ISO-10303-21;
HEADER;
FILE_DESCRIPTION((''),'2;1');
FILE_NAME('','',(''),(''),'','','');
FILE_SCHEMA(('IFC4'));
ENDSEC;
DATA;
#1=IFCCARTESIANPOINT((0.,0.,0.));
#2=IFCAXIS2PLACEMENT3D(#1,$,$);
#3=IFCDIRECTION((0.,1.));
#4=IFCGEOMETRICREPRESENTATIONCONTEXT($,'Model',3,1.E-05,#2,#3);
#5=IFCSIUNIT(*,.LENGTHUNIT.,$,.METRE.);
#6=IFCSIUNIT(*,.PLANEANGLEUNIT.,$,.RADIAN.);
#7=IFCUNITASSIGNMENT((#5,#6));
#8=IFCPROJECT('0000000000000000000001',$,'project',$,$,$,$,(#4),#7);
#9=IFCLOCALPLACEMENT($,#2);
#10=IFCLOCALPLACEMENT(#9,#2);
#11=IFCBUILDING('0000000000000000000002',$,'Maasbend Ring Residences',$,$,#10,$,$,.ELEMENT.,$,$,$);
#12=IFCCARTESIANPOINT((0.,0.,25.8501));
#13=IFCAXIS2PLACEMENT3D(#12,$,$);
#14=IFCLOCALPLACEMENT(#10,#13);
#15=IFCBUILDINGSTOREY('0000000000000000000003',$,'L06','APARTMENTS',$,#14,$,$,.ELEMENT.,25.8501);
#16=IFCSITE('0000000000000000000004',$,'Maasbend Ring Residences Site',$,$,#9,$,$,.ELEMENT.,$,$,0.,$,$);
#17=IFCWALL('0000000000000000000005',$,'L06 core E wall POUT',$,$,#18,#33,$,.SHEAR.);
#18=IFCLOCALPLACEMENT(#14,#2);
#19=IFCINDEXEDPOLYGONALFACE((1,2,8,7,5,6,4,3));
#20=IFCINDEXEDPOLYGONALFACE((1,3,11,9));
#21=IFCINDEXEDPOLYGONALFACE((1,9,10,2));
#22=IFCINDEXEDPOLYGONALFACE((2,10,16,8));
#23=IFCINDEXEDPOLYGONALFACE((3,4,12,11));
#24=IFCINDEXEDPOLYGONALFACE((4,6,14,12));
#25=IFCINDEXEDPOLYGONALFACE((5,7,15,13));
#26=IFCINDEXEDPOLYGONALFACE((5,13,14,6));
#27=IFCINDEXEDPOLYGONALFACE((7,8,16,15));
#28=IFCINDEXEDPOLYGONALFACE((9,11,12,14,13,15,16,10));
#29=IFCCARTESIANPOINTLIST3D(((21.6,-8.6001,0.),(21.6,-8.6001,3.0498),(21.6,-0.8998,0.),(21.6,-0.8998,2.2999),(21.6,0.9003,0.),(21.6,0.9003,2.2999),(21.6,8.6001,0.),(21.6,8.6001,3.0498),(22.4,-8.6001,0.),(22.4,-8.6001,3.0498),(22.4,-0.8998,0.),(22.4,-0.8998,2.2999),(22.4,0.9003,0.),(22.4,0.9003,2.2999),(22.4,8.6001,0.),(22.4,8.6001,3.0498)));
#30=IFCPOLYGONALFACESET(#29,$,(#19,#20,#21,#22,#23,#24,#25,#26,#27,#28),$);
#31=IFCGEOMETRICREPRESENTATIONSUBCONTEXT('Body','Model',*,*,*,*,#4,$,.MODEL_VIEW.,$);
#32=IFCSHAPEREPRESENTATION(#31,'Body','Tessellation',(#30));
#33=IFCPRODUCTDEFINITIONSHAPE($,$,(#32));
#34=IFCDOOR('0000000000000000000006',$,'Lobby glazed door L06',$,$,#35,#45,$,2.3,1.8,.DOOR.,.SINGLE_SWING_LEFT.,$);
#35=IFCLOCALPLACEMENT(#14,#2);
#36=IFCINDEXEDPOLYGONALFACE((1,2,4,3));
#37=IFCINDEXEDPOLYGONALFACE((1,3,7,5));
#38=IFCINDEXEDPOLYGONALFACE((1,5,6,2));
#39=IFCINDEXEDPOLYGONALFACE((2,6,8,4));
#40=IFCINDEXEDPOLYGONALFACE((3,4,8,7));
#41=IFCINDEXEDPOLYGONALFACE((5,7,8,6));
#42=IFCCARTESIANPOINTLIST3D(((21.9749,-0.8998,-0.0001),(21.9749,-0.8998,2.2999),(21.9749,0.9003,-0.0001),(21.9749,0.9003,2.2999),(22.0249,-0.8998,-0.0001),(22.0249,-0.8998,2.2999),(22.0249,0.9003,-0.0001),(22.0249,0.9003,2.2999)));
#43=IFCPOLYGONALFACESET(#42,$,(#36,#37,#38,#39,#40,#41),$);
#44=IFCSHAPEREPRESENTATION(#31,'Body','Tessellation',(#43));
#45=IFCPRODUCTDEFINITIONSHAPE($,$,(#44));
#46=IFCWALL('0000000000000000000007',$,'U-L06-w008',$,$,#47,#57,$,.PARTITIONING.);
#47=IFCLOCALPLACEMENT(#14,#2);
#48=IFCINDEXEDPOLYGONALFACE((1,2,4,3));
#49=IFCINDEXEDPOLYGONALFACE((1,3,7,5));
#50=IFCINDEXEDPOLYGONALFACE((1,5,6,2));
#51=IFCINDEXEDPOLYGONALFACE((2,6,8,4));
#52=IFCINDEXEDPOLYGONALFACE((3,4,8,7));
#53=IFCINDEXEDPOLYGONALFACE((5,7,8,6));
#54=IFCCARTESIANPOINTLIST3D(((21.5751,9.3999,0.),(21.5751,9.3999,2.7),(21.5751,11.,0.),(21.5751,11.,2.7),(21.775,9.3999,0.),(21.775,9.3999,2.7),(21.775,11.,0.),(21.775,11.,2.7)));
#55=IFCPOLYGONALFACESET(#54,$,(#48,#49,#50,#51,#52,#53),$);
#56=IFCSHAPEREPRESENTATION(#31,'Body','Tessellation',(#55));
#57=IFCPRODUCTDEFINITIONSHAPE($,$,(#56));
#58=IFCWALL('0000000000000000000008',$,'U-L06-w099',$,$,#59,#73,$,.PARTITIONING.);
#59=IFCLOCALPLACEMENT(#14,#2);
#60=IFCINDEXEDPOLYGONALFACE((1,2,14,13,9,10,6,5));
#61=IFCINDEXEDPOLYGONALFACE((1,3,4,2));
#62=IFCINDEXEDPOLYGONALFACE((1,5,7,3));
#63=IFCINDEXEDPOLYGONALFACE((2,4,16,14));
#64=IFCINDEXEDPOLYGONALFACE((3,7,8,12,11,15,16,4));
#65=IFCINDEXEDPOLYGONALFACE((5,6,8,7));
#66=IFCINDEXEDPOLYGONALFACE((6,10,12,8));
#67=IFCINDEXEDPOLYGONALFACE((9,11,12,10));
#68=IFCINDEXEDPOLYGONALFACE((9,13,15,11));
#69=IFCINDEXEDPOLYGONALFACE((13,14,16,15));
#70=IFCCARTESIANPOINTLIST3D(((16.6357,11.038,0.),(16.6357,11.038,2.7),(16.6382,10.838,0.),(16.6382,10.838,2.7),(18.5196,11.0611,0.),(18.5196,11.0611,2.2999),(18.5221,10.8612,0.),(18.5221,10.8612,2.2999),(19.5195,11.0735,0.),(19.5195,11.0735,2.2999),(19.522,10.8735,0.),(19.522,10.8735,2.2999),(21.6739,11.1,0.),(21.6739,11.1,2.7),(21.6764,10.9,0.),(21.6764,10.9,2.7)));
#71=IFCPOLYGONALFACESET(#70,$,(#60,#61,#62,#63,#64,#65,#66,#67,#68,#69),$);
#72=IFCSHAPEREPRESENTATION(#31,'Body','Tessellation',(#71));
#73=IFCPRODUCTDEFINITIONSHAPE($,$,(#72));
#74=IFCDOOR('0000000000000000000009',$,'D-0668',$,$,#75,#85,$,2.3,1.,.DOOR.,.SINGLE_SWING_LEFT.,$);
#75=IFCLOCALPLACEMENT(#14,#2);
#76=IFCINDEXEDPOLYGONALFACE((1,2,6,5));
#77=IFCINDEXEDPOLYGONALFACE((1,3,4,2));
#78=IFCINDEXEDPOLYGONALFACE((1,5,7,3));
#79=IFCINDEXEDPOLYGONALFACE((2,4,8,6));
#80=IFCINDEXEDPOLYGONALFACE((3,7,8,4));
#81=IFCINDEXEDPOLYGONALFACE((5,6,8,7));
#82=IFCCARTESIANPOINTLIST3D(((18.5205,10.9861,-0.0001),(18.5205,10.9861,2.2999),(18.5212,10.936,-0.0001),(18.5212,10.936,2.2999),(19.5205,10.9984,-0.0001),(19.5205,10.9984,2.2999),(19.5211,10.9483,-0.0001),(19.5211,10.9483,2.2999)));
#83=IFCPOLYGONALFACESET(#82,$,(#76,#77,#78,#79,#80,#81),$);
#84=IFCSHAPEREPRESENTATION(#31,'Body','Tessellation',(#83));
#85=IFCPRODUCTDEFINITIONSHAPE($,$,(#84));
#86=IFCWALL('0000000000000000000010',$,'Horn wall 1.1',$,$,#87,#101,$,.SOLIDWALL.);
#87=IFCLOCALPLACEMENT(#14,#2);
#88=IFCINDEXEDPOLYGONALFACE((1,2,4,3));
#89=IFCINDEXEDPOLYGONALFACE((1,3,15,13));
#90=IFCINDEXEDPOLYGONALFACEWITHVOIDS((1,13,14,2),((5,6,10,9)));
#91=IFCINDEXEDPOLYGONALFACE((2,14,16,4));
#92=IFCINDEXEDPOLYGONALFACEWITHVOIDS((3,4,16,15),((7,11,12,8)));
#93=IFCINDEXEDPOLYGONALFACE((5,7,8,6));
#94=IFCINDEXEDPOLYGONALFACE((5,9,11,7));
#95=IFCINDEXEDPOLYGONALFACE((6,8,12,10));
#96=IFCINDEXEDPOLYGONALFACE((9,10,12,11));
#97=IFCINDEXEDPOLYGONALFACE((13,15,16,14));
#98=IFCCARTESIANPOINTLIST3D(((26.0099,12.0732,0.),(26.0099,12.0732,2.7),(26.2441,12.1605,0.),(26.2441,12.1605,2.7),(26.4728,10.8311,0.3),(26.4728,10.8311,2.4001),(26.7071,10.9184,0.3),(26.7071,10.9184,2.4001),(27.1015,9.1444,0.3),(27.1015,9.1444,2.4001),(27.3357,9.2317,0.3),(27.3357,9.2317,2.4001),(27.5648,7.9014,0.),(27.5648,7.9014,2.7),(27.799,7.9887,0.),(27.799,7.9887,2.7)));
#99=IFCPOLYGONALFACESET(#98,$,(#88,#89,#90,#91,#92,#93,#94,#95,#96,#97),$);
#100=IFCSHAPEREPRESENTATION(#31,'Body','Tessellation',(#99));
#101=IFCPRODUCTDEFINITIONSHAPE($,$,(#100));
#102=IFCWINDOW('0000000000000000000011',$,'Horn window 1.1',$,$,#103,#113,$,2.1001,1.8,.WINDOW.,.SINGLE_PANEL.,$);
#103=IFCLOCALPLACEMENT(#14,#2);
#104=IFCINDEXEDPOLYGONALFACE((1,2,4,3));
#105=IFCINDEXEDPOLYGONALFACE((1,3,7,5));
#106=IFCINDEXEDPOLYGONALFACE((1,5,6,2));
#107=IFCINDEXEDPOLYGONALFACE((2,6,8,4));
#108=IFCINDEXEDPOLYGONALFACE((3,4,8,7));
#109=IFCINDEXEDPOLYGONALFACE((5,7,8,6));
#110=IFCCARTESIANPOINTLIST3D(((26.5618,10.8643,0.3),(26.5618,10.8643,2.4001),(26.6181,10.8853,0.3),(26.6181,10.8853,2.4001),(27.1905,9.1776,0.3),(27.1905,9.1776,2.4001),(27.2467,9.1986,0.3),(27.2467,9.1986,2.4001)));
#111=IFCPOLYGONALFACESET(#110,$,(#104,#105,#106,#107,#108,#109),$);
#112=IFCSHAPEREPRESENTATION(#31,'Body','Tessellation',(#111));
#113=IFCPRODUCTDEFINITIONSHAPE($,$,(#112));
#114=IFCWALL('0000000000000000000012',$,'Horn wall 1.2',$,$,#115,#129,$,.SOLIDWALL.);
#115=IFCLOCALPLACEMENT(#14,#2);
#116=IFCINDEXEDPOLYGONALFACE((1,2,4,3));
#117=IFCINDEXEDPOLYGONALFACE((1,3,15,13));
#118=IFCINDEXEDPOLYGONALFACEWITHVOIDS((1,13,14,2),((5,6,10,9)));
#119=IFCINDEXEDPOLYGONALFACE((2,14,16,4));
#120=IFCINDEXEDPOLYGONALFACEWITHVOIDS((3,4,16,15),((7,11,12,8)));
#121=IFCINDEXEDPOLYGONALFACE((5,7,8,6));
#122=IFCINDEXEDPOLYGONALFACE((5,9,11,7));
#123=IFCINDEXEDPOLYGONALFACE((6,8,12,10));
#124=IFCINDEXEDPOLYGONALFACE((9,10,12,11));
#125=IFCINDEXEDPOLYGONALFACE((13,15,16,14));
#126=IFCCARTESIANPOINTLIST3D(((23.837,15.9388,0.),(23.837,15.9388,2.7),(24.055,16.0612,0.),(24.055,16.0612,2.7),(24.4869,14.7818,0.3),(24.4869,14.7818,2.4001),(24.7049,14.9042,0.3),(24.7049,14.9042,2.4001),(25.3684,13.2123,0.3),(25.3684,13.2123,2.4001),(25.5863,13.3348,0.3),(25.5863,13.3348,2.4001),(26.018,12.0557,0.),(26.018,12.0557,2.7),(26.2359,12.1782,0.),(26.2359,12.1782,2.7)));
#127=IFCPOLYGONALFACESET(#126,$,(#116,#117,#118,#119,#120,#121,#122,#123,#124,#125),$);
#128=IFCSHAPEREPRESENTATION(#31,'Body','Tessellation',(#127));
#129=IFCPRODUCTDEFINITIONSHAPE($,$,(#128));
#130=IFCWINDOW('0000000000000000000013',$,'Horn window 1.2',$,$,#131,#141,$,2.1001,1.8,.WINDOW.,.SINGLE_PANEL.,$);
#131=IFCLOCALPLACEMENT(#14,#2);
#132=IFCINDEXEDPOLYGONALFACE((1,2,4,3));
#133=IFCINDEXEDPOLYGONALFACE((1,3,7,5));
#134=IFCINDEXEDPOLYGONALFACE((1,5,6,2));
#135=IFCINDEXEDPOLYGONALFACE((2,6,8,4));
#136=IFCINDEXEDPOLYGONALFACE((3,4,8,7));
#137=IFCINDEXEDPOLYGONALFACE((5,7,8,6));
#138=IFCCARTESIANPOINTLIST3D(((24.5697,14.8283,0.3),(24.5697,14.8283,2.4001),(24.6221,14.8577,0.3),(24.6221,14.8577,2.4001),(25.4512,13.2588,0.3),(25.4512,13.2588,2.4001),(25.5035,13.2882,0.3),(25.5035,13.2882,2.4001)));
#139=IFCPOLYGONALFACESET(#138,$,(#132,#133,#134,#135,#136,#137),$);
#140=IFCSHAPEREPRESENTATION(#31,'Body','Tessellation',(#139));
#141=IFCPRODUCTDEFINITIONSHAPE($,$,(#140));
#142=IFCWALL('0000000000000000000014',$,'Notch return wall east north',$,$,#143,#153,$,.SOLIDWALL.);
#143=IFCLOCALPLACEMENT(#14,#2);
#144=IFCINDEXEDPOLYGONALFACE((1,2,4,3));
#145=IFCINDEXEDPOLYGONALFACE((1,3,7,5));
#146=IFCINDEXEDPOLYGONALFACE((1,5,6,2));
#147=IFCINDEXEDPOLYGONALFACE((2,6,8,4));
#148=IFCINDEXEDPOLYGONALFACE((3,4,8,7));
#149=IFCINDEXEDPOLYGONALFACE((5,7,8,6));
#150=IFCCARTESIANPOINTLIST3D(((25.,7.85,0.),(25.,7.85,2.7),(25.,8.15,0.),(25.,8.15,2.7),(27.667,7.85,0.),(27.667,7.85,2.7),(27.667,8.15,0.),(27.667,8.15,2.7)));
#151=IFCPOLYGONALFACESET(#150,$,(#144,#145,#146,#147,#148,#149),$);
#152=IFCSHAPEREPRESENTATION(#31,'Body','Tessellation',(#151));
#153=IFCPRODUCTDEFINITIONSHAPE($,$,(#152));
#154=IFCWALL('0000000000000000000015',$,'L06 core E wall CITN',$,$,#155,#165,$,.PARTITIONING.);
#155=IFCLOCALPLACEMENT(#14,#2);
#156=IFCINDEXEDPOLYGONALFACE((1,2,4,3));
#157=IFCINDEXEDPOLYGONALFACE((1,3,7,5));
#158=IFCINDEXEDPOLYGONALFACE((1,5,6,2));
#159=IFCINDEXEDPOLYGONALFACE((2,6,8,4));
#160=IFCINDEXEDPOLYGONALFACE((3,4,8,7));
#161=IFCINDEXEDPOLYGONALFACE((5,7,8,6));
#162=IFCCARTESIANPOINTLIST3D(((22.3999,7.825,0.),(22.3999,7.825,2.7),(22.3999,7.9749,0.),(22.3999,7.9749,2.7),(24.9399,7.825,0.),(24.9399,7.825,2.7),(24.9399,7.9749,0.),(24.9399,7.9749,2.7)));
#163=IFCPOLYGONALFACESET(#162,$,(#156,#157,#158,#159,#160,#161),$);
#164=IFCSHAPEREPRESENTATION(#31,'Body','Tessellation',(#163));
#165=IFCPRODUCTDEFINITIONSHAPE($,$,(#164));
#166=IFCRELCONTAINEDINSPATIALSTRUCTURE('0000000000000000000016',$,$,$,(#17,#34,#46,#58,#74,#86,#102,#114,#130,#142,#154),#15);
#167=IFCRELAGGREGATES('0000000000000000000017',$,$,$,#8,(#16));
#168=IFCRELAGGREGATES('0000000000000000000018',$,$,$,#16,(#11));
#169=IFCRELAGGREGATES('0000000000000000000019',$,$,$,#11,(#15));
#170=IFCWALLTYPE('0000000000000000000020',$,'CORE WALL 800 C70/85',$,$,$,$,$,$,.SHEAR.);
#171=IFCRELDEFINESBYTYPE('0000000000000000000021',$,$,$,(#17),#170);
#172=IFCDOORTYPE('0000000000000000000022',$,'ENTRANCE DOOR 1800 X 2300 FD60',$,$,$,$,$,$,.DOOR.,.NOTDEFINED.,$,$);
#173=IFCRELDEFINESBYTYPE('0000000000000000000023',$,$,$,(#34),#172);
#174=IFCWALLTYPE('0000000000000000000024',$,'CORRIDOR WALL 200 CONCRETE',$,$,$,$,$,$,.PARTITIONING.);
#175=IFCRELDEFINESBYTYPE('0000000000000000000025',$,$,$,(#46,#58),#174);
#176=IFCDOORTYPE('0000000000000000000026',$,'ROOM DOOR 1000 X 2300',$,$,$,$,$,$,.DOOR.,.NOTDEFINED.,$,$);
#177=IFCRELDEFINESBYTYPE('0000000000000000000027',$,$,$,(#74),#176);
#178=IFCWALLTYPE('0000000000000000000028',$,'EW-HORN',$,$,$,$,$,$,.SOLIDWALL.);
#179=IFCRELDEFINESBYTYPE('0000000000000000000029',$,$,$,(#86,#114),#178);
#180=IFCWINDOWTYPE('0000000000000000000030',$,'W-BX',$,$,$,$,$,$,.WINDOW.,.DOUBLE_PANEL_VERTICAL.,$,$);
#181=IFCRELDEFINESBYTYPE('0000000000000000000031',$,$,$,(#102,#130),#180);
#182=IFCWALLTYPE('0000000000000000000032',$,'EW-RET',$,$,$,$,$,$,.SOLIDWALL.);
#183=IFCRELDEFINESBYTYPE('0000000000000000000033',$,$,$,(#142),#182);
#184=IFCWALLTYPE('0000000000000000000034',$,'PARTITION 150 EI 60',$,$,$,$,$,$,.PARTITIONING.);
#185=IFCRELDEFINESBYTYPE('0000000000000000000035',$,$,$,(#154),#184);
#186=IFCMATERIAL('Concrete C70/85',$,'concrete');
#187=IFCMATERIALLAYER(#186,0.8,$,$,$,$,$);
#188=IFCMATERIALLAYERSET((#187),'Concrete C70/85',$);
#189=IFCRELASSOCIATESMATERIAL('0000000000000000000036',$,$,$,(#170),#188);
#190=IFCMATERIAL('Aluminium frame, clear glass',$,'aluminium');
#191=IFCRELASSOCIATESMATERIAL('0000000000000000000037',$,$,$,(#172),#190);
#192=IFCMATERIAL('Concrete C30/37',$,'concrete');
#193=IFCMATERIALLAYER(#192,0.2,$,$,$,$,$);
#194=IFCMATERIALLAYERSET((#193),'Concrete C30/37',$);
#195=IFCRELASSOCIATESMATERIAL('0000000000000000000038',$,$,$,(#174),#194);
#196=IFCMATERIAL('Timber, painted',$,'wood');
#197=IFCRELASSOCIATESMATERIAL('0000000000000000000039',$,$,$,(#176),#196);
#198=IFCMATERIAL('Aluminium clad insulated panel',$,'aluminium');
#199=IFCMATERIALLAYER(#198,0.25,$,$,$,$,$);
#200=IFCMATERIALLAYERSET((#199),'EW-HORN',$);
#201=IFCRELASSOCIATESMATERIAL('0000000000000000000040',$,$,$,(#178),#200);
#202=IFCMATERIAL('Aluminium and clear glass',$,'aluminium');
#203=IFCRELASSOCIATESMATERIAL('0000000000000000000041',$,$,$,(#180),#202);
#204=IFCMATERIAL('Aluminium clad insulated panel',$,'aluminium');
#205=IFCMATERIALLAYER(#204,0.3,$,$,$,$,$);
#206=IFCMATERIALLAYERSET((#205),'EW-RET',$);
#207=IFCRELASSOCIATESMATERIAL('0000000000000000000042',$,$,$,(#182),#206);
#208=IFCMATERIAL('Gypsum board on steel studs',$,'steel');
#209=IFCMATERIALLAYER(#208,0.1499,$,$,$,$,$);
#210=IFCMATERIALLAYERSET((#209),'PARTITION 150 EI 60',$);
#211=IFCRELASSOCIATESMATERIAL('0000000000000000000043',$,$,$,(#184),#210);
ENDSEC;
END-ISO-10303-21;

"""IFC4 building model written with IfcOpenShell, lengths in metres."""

from ifc_helpers import new_model, si_unit, direction, frame, frame_2d, origin, place, context, subcontext, project, spatial, rectangle, extrude, material, layer, layer_set, type_object, element, fill, save


model = new_model("IFC4")

# Units and contexts
model_context = context("Model", 3, precision=1e-05, world=origin(), true_north=direction((0.0, 1.0)))
body_context = subcontext(model_context, "Body", "Model", "MODEL_VIEW")
ifc_project = project(units=[si_unit("LENGTHUNIT", "METRE"), si_unit("PLANEANGLEUNIT", "RADIAN")], contexts=[model_context])

# Site, building, storey
site_placement = place(None, origin())
site = spatial("IfcSite", under=ifc_project, at=site_placement, Name="Maasbend Ring Residences Site", CompositionType="ELEMENT", RefElevation=0.0)
building_placement = place(site_placement, origin())
building = spatial("IfcBuilding", under=site, at=building_placement, Name="Maasbend Ring Residences", CompositionType="ELEMENT")
storey_placement = place(building_placement, frame((0.0, 0.0, 25.8501)))
storey = spatial("IfcBuildingStorey", under=building, at=storey_placement, Name="L06", Description="APARTMENTS", CompositionType="ELEMENT", Elevation=25.8501)

# Wall, opening, door
ifc_material_1 = material(Name="Concrete C70/85", Category="concrete")
ifc_layer_1 = layer(ifc_material_1, 0.8)
ifc_layer_set_1 = layer_set([ifc_layer_1], Name="Concrete C70/85")
wall_type_1 = type_object("IfcWallType", Name="CORE WALL 800 C70/85", PredefinedType="SHEAR", material=ifc_layer_set_1)
wall_1_placement = place(storey_placement, frame((22.0, 8.6001, 0.0), z_axis=(0.0, 0.0, 1.0), x_axis=(0.0, -1.0, 0.0)))
wall_1 = element("IfcWall", 1, at=wall_1_placement, inside=storey, type_object=wall_type_1, Name="L06 core E wall POUT", PredefinedType="SHEAR", context=body_context, shape_type="SweptSolid", body=[
    extrude(rectangle(XDim=17.2002, YDim=0.8, at=frame_2d((8.6001, 0.0))), origin(), (0.0, 0.0, 1.0), 3.0498),
])
opening_1_placement = place(wall_1_placement, frame((7.7, 0.0, 0.0)))
opening_1 = element("IfcOpeningElement", 2, at=opening_1_placement, cuts=wall_1, PredefinedType="OPENING", context=body_context, shape_type="SweptSolid", body=[
    extrude(rectangle(XDim=1.8, YDim=2.3, at=frame_2d((0.8999, 1.1499))), frame((0.0, 0.4102, 0.0), z_axis=(0.0, -1.0, 0.0), x_axis=(1.0, 0.0, 0.0)), (0.0, 0.0, 1.0), 0.8201),
])
ifc_material_2 = material(Name="Aluminium frame, clear glass", Category="aluminium")
door_type_1 = type_object("IfcDoorType", Name="ENTRANCE DOOR 1800 X 2300 FD60", OperationType="NOTDEFINED", PredefinedType="DOOR", material=ifc_material_2)
door_1_placement = place(opening_1_placement, origin())
door_1 = element("IfcDoor", 3, at=door_1_placement, inside=storey, type_object=door_type_1, Name="Lobby glazed door L06", OperationType="SINGLE_SWING_LEFT", OverallHeight=2.3, OverallWidth=1.8, PredefinedType="DOOR", context=body_context, shape_type="SweptSolid", body=[
    extrude(rectangle(XDim=1.8, YDim=2.3, at=frame_2d((0.8999, 1.1499))), frame((0.0, 0.0249, 0.0), z_axis=(0.0, -1.0, 0.0), x_axis=(1.0, 0.0, 0.0)), (0.0, 0.0, 1.0), 0.05),
])
fill(opening_1, door_1)

# Wall
ifc_material_3 = material(Name="Concrete C30/37", Category="concrete")
ifc_layer_2 = layer(ifc_material_3, 0.2)
ifc_layer_set_2 = layer_set([ifc_layer_2], Name="Concrete C30/37")
wall_type_2 = type_object("IfcWallType", Name="CORRIDOR WALL 200 CONCRETE", PredefinedType="PARTITIONING", material=ifc_layer_set_2)
wall_2_placement = place(storey_placement, frame((21.675, 9.3999, 0.0), z_axis=(0.0, 0.0, 1.0), x_axis=(0.0, 1.0, 0.0)))
element("IfcWall", 4, at=wall_2_placement, inside=storey, type_object=wall_type_2, Name="U-L06-w008", PredefinedType="PARTITIONING", context=body_context, shape_type="SweptSolid", body=[
    extrude(rectangle(XDim=1.6001, YDim=0.2, at=frame_2d((0.8, 0.0))), origin(), (0.0, 0.0, 1.0), 2.7),
])

# Wall, opening, door
wall_3_placement = place(storey_placement, frame((16.637, 10.938, 0.0), z_axis=(0.0, 0.0, 1.0), x_axis=(0.999924, 0.012308, 0.0)))
wall_3 = element("IfcWall", 5, at=wall_3_placement, inside=storey, type_object=wall_type_2, Name="U-L06-w099", PredefinedType="PARTITIONING", context=body_context, shape_type="SweptSolid", body=[
    extrude(rectangle(XDim=5.0386, YDim=0.2, at=frame_2d((2.5193, 0.0))), origin(), (0.0, 0.0, 1.0), 2.7),
])
opening_2_placement = place(wall_3_placement, frame((1.884, 0.0, 0.0)))
opening_2 = element("IfcOpeningElement", 6, at=opening_2_placement, cuts=wall_3, PredefinedType="OPENING", context=body_context, shape_type="SweptSolid", body=[
    extrude(rectangle(XDim=1.0, YDim=2.3, at=frame_2d((0.5, 1.1499))), frame((0.0, 0.1099, 0.0), z_axis=(0.0, -1.0, 0.0), x_axis=(1.0, 0.0, 0.0)), (0.0, 0.0, 1.0), 0.22),
])
ifc_material_4 = material(Name="Timber, painted", Category="wood")
door_type_2 = type_object("IfcDoorType", Name="ROOM DOOR 1000 X 2300", OperationType="NOTDEFINED", PredefinedType="DOOR", material=ifc_material_4)
door_2_placement = place(opening_2_placement, origin())
door_2 = element("IfcDoor", 7, at=door_2_placement, inside=storey, type_object=door_type_2, Name="D-0668", OperationType="SINGLE_SWING_LEFT", OverallHeight=2.3, OverallWidth=1.0, PredefinedType="DOOR", context=body_context, shape_type="SweptSolid", body=[
    extrude(rectangle(XDim=1.0, YDim=2.3, at=frame_2d((0.5, 1.1499))), frame((0.0, 0.0249, 0.0), z_axis=(0.0, -1.0, 0.0), x_axis=(1.0, 0.0, 0.0)), (0.0, 0.0, 1.0), 0.05),
])
fill(opening_2, door_2)

# Walls, openings, windows
ifc_material_5 = material(Name="Aluminium clad insulated panel", Category="aluminium")
ifc_layer_3 = layer(ifc_material_5, 0.25)
ifc_layer_set_3 = layer_set([ifc_layer_3], Name="EW-HORN")
wall_type_3 = type_object("IfcWallType", Name="EW-HORN", PredefinedType="SOLIDWALL", material=ifc_layer_set_3)
wall_4_placement = place(storey_placement, frame((27.6819, 7.9451, 0.0), z_axis=(0.0, 0.0, 1.0), x_axis=(-0.349248, 0.93703, 0.0)))
wall_4 = element("IfcWall", 8, at=wall_4_placement, inside=storey, type_object=wall_type_3, Name="Horn wall 1.1", PredefinedType="SOLIDWALL", context=body_context, shape_type="SweptSolid", body=[
    extrude(rectangle(XDim=4.4521, YDim=0.25, at=frame_2d((2.2261, 0.0))), origin(), (0.0, 0.0, 1.0), 2.7),
])
opening_3_placement = place(wall_4_placement, frame((1.3267, 0.0, 0.3)))
opening_3 = element("IfcOpeningElement", 9, at=opening_3_placement, cuts=wall_4, PredefinedType="OPENING", context=body_context, shape_type="SweptSolid", body=[
    extrude(rectangle(XDim=1.8, YDim=2.1001, at=frame_2d((0.8999, 1.05))), frame((0.0, 0.135, 0.0), z_axis=(0.0, -1.0, 0.0), x_axis=(1.0, 0.0, 0.0)), (0.0, 0.0, 1.0), 0.27),
])
ifc_material_6 = material(Name="Aluminium and clear glass", Category="aluminium")
window_type = type_object("IfcWindowType", Name="W-BX", PartitioningType="DOUBLE_PANEL_VERTICAL", PredefinedType="WINDOW", material=ifc_material_6)
window_1_placement = place(opening_3_placement, origin())
window_1 = element("IfcWindow", 10, at=window_1_placement, inside=storey, type_object=window_type, Name="Horn window 1.1", OverallHeight=2.1001, OverallWidth=1.8, PartitioningType="SINGLE_PANEL", PredefinedType="WINDOW", context=body_context, shape_type="SweptSolid", body=[
    extrude(rectangle(XDim=1.8, YDim=2.1001, at=frame_2d((0.8999, 1.05))), frame((0.0, 0.03, 0.0), z_axis=(0.0, -1.0, 0.0), x_axis=(1.0, 0.0, 0.0)), (0.0, 0.0, 1.0), 0.0601),
])
fill(opening_3, window_1)
wall_5_placement = place(storey_placement, frame((26.127, 12.1169, 0.0), z_axis=(0.0, 0.0, 1.0), x_axis=(-0.489696, 0.871893, 0.0)))
wall_5 = element("IfcWall", 11, at=wall_5_placement, inside=storey, type_object=wall_type_3, Name="Horn wall 1.2", PredefinedType="SOLIDWALL", context=body_context, shape_type="SweptSolid", body=[
    extrude(rectangle(XDim=4.4536, YDim=0.25, at=frame_2d((2.2268, 0.0))), origin(), (0.0, 0.0, 1.0), 2.7),
])
opening_4_placement = place(wall_5_placement, frame((1.3267, 0.0, 0.3)))
opening_4 = element("IfcOpeningElement", 12, at=opening_4_placement, cuts=wall_5, PredefinedType="OPENING", context=body_context, shape_type="SweptSolid", body=[
    extrude(rectangle(XDim=1.8, YDim=2.1001, at=frame_2d((0.8999, 1.05))), frame((0.0, 0.135, 0.0), z_axis=(0.0, -1.0, 0.0), x_axis=(1.0, 0.0, 0.0)), (0.0, 0.0, 1.0), 0.27),
])
window_2_placement = place(opening_4_placement, origin())
window_2 = element("IfcWindow", 13, at=window_2_placement, inside=storey, type_object=window_type, Name="Horn window 1.2", OverallHeight=2.1001, OverallWidth=1.8, PartitioningType="SINGLE_PANEL", PredefinedType="WINDOW", context=body_context, shape_type="SweptSolid", body=[
    extrude(rectangle(XDim=1.8, YDim=2.1001, at=frame_2d((0.8999, 1.05))), frame((0.0, 0.03, 0.0), z_axis=(0.0, -1.0, 0.0), x_axis=(1.0, 0.0, 0.0)), (0.0, 0.0, 1.0), 0.0601),
])
fill(opening_4, window_2)

# Walls
ifc_material_7 = material(Name="Aluminium clad insulated panel", Category="aluminium")
ifc_layer_4 = layer(ifc_material_7, 0.3)
ifc_layer_set_4 = layer_set([ifc_layer_4], Name="EW-RET")
wall_type_4 = type_object("IfcWallType", Name="EW-RET", PredefinedType="SOLIDWALL", material=ifc_layer_set_4)
wall_6_placement = place(storey_placement, frame((25.0, 8.0, 0.0), z_axis=(0.0, 0.0, 1.0), x_axis=(1.0, 0.0, 0.0)))
element("IfcWall", 14, at=wall_6_placement, inside=storey, type_object=wall_type_4, Name="Notch return wall east north", PredefinedType="SOLIDWALL", context=body_context, shape_type="SweptSolid", body=[
    extrude(rectangle(XDim=2.667, YDim=0.3, at=frame_2d((1.3335, 0.0))), origin(), (0.0, 0.0, 1.0), 2.7),
])
ifc_material_8 = material(Name="Gypsum board on steel studs", Category="steel")
ifc_layer_5 = layer(ifc_material_8, 0.1499)
ifc_layer_set_5 = layer_set([ifc_layer_5], Name="PARTITION 150 EI 60")
wall_type_5 = type_object("IfcWallType", Name="PARTITION 150 EI 60", PredefinedType="PARTITIONING", material=ifc_layer_set_5)
wall_7_placement = place(storey_placement, frame((22.3999, 7.8999, 0.0), z_axis=(0.0, 0.0, 1.0), x_axis=(1.0, 0.0, 0.0)))
element("IfcWall", 15, at=wall_7_placement, inside=storey, type_object=wall_type_5, Name="L06 core E wall CITN", PredefinedType="PARTITIONING", context=body_context, shape_type="SweptSolid", body=[
    extrude(rectangle(XDim=2.54, YDim=0.1499, at=frame_2d((1.27, 0.0))), origin(), (0.0, 0.0, 1.0), 2.7),
])

save(model, "model.ifc")
